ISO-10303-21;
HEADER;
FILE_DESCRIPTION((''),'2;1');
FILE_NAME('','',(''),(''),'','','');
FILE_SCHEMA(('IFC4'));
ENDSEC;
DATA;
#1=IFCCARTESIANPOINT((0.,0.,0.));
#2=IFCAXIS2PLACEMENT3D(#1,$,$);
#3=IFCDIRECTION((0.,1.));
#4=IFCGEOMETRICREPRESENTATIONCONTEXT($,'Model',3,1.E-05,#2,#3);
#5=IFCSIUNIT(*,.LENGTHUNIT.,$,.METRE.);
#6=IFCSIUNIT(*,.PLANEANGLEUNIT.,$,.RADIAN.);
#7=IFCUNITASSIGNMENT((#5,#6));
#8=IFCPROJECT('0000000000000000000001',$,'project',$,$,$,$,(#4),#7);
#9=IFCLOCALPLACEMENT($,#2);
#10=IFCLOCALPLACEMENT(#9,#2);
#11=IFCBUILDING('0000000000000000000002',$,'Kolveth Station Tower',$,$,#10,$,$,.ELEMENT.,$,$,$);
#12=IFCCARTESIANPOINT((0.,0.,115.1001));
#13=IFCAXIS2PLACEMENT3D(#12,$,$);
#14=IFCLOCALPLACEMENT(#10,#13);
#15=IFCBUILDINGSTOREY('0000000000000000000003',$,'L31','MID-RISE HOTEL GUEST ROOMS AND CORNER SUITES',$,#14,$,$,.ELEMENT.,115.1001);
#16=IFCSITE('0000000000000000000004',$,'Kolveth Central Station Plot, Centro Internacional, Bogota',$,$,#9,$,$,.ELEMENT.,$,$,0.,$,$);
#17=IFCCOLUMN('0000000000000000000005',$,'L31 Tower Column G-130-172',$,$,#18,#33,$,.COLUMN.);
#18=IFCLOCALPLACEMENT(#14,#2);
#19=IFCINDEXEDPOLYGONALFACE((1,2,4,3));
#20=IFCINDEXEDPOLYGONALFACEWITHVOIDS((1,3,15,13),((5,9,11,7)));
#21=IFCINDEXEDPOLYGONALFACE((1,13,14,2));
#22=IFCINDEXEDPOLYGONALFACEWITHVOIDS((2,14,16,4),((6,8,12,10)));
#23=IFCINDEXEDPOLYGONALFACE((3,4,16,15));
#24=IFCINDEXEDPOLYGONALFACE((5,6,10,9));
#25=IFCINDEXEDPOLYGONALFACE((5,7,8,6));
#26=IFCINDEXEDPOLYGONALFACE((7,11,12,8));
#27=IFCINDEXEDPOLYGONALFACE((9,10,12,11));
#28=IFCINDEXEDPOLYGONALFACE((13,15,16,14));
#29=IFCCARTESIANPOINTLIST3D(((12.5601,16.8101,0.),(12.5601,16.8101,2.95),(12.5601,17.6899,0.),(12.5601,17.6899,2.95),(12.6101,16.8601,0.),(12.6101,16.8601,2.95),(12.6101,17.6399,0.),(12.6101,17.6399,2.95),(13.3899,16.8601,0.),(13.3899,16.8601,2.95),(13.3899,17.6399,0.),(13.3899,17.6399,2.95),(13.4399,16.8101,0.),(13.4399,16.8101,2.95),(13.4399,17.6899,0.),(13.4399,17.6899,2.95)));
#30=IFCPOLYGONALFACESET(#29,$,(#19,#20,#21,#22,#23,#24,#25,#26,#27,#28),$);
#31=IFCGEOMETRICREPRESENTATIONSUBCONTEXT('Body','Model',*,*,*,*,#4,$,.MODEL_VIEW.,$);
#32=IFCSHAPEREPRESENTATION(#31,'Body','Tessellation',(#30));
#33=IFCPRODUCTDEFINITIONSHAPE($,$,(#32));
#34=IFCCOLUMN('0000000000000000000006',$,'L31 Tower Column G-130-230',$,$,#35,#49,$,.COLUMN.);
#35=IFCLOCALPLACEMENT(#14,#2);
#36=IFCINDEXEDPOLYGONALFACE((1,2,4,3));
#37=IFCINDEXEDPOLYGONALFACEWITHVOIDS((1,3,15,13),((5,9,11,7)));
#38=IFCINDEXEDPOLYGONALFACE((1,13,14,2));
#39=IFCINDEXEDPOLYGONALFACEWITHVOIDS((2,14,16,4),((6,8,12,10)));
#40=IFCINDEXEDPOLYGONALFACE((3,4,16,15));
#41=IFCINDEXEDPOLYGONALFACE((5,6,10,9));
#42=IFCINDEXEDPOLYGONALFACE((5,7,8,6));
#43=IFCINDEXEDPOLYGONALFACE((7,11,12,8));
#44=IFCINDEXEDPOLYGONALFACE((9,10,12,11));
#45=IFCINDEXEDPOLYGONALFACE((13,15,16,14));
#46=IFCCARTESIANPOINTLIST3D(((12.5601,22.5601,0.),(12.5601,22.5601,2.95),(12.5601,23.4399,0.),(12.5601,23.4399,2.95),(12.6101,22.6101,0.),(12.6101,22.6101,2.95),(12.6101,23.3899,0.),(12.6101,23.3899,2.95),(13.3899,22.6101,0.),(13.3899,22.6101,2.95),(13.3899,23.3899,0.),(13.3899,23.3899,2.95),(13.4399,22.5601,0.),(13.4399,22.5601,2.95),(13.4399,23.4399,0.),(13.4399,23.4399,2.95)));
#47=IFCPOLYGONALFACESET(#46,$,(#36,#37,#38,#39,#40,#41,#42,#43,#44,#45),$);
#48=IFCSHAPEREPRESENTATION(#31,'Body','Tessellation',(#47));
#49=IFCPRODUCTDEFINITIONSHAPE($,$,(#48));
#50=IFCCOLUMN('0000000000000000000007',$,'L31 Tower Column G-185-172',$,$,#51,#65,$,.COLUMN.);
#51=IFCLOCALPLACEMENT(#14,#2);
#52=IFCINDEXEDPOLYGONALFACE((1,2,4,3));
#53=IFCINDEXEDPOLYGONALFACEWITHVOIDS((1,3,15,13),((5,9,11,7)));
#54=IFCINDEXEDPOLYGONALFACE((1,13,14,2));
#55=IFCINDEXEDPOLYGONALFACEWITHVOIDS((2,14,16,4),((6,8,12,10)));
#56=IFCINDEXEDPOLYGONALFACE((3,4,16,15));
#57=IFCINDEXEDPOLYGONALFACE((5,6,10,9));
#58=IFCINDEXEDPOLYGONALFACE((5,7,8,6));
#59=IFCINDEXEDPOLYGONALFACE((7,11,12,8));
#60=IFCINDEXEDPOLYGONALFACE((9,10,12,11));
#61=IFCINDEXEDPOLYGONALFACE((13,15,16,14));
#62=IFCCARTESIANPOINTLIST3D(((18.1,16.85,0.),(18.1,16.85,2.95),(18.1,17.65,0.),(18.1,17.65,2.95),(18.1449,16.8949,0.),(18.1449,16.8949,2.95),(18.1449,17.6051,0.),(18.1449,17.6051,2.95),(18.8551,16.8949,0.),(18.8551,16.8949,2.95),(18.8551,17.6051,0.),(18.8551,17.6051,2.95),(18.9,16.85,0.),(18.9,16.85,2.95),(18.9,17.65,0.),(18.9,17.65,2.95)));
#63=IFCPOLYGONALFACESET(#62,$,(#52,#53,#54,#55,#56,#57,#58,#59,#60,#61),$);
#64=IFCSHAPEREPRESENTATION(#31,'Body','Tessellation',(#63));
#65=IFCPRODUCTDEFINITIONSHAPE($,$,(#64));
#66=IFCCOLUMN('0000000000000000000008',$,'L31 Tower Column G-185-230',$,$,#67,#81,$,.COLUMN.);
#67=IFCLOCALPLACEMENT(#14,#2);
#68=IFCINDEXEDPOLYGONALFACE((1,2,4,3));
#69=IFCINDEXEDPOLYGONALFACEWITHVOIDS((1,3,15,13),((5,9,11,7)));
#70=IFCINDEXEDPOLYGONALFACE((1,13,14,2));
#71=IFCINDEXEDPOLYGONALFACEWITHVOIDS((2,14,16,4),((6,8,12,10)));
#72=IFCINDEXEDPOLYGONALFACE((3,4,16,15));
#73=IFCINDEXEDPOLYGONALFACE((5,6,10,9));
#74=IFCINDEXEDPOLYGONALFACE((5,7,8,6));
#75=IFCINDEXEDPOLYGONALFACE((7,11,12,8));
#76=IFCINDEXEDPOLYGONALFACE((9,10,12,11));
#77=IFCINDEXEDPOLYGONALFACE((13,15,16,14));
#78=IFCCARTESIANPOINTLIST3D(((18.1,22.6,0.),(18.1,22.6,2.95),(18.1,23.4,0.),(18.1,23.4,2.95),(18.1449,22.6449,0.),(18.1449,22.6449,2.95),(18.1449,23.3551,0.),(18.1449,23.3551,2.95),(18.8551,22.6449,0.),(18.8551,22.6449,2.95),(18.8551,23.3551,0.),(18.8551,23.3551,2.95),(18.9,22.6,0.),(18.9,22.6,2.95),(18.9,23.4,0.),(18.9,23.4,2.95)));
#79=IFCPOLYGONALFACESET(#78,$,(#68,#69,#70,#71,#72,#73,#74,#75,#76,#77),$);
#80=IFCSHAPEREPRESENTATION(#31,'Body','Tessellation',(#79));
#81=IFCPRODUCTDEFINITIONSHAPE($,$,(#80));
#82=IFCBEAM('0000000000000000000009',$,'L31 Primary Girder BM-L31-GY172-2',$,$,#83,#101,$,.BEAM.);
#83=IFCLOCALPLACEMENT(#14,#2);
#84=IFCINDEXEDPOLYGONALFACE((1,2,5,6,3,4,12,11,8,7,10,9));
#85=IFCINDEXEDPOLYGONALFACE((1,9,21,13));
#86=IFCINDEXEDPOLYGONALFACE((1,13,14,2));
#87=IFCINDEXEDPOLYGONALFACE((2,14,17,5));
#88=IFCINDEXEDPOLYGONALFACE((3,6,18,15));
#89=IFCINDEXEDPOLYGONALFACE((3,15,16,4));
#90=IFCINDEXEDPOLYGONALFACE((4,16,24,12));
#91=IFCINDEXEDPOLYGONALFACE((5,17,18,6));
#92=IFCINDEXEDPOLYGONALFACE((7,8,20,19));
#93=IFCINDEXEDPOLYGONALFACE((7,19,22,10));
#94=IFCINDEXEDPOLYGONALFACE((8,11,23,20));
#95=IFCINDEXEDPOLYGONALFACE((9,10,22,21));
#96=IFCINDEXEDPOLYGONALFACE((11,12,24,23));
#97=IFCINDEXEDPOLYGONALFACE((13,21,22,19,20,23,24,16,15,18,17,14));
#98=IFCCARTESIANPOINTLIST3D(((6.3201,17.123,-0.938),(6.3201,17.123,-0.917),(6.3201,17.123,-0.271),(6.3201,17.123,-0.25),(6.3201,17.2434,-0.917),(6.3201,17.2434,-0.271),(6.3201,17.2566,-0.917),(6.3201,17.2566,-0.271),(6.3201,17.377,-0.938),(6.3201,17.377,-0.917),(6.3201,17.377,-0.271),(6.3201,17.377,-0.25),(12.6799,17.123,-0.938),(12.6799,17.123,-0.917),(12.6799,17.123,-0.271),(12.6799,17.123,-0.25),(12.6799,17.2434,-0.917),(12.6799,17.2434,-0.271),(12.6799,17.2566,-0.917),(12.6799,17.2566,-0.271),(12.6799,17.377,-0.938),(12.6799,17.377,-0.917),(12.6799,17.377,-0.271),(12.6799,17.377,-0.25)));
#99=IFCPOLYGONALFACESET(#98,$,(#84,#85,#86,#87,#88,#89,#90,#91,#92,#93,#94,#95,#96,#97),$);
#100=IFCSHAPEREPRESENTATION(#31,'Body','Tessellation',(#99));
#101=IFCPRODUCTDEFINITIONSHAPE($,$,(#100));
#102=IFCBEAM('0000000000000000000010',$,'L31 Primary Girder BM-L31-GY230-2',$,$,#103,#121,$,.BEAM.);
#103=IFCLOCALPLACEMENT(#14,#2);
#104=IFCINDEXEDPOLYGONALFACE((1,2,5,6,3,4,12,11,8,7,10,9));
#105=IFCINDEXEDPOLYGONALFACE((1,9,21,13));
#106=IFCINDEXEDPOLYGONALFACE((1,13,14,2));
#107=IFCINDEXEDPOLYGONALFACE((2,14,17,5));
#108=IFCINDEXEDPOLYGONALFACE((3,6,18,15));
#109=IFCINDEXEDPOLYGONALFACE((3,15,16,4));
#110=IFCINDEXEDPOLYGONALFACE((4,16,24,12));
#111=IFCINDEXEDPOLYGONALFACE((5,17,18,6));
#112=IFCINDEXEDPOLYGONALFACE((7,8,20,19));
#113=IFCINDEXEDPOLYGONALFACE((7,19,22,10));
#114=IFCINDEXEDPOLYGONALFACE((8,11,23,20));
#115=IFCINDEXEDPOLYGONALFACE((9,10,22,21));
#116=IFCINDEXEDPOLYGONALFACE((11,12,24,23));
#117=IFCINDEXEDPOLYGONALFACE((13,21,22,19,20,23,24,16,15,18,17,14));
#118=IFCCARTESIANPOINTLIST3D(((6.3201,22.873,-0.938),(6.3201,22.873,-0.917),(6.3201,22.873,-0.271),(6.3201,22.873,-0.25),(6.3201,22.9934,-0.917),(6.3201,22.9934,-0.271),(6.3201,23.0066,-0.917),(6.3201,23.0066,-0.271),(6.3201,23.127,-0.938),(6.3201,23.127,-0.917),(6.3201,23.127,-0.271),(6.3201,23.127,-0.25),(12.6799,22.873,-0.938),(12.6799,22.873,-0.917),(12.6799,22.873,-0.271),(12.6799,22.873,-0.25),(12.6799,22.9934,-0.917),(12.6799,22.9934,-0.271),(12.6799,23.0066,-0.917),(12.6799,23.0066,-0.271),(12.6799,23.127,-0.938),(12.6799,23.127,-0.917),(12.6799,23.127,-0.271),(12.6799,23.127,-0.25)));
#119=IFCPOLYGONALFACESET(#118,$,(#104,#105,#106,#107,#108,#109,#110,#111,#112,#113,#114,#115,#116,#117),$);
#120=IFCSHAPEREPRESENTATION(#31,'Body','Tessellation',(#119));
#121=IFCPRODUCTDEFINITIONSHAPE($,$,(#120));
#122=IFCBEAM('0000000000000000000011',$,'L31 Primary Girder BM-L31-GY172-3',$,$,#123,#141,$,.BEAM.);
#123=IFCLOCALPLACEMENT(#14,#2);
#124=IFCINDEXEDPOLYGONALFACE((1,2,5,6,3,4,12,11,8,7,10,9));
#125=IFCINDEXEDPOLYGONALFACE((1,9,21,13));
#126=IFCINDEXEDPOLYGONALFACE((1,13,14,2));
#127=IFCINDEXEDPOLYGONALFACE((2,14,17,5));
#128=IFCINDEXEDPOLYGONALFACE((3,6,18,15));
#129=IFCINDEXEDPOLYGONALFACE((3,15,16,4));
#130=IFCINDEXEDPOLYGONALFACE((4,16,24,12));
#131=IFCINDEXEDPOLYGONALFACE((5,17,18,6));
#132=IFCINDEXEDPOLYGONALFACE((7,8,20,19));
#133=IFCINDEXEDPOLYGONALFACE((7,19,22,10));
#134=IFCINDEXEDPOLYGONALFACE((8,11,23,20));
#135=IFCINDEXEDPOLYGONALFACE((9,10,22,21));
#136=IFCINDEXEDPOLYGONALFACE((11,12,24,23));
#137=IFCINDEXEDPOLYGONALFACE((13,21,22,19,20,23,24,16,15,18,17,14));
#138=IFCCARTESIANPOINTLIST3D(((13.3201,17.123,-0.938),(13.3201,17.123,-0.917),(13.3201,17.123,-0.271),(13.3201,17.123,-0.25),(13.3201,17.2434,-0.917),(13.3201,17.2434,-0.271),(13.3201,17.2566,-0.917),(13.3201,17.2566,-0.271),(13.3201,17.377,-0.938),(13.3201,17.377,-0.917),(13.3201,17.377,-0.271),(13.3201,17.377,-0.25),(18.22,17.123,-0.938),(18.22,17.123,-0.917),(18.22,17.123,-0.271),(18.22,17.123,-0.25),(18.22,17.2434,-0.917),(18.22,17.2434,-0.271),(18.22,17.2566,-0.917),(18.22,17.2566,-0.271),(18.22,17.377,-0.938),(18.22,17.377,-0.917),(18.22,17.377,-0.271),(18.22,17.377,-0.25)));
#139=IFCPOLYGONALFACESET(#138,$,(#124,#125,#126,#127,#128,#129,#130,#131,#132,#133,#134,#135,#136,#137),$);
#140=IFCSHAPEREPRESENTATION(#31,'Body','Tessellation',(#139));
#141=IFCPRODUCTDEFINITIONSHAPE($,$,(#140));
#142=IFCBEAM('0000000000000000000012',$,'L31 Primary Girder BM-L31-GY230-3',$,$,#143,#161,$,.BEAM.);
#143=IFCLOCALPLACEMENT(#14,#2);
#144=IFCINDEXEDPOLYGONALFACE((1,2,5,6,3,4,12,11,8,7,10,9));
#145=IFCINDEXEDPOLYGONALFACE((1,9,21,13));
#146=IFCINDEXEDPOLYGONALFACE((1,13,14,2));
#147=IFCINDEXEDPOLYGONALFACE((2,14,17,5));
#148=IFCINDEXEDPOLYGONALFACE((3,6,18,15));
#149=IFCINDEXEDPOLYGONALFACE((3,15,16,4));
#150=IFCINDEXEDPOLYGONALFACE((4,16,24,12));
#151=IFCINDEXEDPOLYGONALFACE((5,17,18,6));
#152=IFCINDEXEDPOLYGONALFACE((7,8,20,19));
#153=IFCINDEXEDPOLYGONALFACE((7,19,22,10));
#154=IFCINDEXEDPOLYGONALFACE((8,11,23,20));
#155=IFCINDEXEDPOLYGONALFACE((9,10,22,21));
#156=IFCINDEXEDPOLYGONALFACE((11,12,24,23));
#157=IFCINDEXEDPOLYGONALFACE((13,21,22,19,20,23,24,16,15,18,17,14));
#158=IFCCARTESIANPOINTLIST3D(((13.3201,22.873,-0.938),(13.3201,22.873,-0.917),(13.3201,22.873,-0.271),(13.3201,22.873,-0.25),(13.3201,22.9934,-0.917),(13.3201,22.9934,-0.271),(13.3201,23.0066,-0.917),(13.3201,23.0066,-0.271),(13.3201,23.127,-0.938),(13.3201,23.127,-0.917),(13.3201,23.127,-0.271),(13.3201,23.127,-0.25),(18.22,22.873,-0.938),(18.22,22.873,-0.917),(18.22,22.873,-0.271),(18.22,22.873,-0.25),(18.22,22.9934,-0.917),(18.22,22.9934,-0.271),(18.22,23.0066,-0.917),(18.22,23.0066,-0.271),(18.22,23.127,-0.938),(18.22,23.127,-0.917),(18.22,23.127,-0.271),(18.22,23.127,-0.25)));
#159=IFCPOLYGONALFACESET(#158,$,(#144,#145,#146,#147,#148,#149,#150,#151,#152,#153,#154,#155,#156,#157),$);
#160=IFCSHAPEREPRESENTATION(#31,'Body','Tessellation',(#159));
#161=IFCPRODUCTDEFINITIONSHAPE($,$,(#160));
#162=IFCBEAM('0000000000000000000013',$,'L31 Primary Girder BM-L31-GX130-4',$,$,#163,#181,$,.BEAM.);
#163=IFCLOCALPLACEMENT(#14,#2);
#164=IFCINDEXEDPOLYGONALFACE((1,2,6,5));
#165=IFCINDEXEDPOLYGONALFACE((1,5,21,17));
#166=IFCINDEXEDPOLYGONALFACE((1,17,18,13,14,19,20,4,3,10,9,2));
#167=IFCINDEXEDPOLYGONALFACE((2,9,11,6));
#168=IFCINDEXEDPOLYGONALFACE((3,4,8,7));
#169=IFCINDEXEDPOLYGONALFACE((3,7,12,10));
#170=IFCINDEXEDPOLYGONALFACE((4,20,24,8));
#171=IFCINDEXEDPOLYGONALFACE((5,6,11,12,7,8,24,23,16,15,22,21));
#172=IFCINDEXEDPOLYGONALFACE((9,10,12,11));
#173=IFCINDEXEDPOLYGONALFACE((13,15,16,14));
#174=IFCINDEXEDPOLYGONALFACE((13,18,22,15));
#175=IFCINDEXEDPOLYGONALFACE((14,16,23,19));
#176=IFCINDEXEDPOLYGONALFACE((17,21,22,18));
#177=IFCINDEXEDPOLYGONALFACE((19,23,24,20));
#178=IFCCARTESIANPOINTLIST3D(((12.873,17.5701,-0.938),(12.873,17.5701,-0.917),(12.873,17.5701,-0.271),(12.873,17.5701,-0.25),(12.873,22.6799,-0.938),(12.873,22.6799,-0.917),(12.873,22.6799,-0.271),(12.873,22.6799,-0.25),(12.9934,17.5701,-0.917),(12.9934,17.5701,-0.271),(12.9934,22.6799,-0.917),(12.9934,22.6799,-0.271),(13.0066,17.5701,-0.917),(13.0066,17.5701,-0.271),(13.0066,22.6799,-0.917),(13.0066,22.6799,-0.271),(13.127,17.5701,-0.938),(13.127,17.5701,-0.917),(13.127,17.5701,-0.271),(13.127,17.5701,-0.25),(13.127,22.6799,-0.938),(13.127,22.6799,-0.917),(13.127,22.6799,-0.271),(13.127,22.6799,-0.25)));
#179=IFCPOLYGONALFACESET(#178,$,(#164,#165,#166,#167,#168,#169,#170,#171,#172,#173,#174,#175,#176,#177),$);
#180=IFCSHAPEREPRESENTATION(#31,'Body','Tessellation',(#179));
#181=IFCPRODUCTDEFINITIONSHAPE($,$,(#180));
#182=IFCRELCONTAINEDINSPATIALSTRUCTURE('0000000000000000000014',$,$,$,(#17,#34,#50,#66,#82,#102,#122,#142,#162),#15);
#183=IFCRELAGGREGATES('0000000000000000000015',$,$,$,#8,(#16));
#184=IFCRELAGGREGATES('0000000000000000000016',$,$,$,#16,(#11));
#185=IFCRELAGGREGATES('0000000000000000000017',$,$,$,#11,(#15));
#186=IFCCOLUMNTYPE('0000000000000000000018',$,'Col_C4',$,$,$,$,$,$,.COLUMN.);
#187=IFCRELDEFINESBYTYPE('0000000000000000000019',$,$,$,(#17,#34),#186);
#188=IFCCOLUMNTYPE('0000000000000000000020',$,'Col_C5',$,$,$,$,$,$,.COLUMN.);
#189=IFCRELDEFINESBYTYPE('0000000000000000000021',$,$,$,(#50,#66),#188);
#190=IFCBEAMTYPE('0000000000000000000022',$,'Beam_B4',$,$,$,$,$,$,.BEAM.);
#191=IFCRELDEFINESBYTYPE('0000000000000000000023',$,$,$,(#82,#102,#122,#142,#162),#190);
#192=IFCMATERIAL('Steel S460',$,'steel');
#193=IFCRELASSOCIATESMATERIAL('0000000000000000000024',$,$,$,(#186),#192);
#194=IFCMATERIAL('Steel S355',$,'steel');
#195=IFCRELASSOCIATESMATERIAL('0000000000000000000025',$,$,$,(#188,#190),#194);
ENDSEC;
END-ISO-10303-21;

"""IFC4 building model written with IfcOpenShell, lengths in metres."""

from ifc_helpers import new_model, si_unit, direction, frame, origin, origin_2d, place, context, subcontext, project, spatial, hollow_rectangle, i_section, extrude, source, transform, mapped, material, material_profile, profile_set, type_object, element, save


model = new_model("IFC4")

# Units and contexts
model_context = context("Model", 3, precision=1e-05, world=origin(), true_north=direction((0.0, 1.0)))
body_context = subcontext(model_context, "Body", "Model", "MODEL_VIEW")
ifc_project = project(units=[si_unit("LENGTHUNIT", "METRE"), si_unit("PLANEANGLEUNIT", "RADIAN")], contexts=[model_context])

# Site, building, storey
site_placement = place(None, origin())
site = spatial("IfcSite", under=ifc_project, at=site_placement, Name="Kolveth Central Station Plot, Centro Internacional, Bogota", CompositionType="ELEMENT", RefElevation=0.0)
building_placement = place(site_placement, origin())
building = spatial("IfcBuilding", under=site, at=building_placement, Name="Kolveth Station Tower", CompositionType="ELEMENT")
storey_placement = place(building_placement, frame((0.0, 0.0, 115.1001)))
storey = spatial("IfcBuildingStorey", under=building, at=storey_placement, Name="L31", Description="MID-RISE HOTEL GUEST ROOMS AND CORNER SUITES", CompositionType="ELEMENT", Elevation=115.1001)

# Columns
ifc_material_1 = material(Name="Steel S460", Category="steel")
ifc_material_profile_1 = material_profile(ifc_material_1, hollow_rectangle(XDim=0.8799, YDim=0.8799, WallThickness=0.05, at=origin_2d()), Name="BOX880x880x50")
ifc_profile_set_1 = profile_set([ifc_material_profile_1], Name="Steel S460")
column_type_1 = type_object("IfcColumnType", Name="Col_C4", PredefinedType="COLUMN", material=ifc_profile_set_1)
shared_shape_1 = source(origin(), body_context, "Body", "SweptSolid", [
    extrude(hollow_rectangle(XDim=0.8799, YDim=0.8799, WallThickness=0.05, at=origin_2d()), origin(), (0.0, 0.0, 1.0), 2.95),
])
for number, where, z_axis, x_axis, name in (
    (1, (13.0, 17.25, 0.0), (0.0, 0.0, 1.0), (1.0, 0.0, 0.0), "L31 Tower Column G-130-172"),
    (2, (13.0, 23.0, 0.0), (0.0, 0.0, 1.0), (1.0, 0.0, 0.0), "L31 Tower Column G-130-230"),
):
    element("IfcColumn", number, at=place(storey_placement, frame(where, z_axis=z_axis, x_axis=x_axis)), inside=storey, type_object=column_type_1, Name=name, PredefinedType="COLUMN", context=body_context, shape_type="MappedRepresentation", body=[
        mapped(shared_shape_1, transform((0.0, 0.0, 0.0), x_axis=(1.0, 0.0, 0.0), y_axis=(0.0, 1.0, 0.0), z_axis=(0.0, 0.0, 1.0), scale=1.0)),
    ])
ifc_material_2 = material(Name="Steel S355", Category="steel")
ifc_material_profile_2 = material_profile(ifc_material_2, hollow_rectangle(XDim=0.8, YDim=0.8, WallThickness=0.0449, at=origin_2d()), Name="BOX800x800x45")
ifc_profile_set_2 = profile_set([ifc_material_profile_2], Name="Steel S355")
column_type_2 = type_object("IfcColumnType", Name="Col_C5", PredefinedType="COLUMN", material=ifc_profile_set_2)
shared_shape_2 = source(origin(), body_context, "Body", "SweptSolid", [
    extrude(hollow_rectangle(XDim=0.8, YDim=0.8, WallThickness=0.0449, at=origin_2d()), origin(), (0.0, 0.0, 1.0), 2.95),
])
for number, where, z_axis, x_axis, name in (
    (3, (18.5, 17.25, 0.0), (0.0, 0.0, 1.0), (1.0, 0.0, 0.0), "L31 Tower Column G-185-172"),
    (4, (18.5, 23.0, 0.0), (0.0, 0.0, 1.0), (1.0, 0.0, 0.0), "L31 Tower Column G-185-230"),
):
    element("IfcColumn", number, at=place(storey_placement, frame(where, z_axis=z_axis, x_axis=x_axis)), inside=storey, type_object=column_type_2, Name=name, PredefinedType="COLUMN", context=body_context, shape_type="MappedRepresentation", body=[
        mapped(shared_shape_2, transform((0.0, 0.0, 0.0), x_axis=(1.0, 0.0, 0.0), y_axis=(0.0, 1.0, 0.0), z_axis=(0.0, 0.0, 1.0), scale=1.0)),
    ])

# Beams
ifc_material_profile_3 = material_profile(ifc_material_2, i_section(OverallWidth=0.2539, OverallDepth=0.688, WebThickness=0.0132, FlangeThickness=0.021, at=origin_2d()), Name="W690x152")
ifc_profile_set_3 = profile_set([ifc_material_profile_3], Name="Steel S355")
beam_type_1 = type_object("IfcBeamType", Name="Beam_B4", PredefinedType="BEAM", material=ifc_profile_set_3)
shared_shape_3 = source(origin(), body_context, "Body", "SweptSolid", [
    extrude(i_section(OverallWidth=0.2539, OverallDepth=0.688, WebThickness=0.0132, FlangeThickness=0.021, at=origin_2d()), origin(), (0.0, 0.0, 1.0), 6.3599),
])
for number, where, z_axis, x_axis, name in (
    (5, (6.3201, 17.25, -0.594), (1.0, 0.0, 0.0), (0.0, 1.0, 0.0), "L31 Primary Girder BM-L31-GY172-2"),
    (6, (6.3201, 23.0, -0.594), (1.0, 0.0, 0.0), (0.0, 1.0, 0.0), "L31 Primary Girder BM-L31-GY230-2"),
):
    element("IfcBeam", number, at=place(storey_placement, frame(where, z_axis=z_axis, x_axis=x_axis)), inside=storey, type_object=beam_type_1, Name=name, PredefinedType="BEAM", context=body_context, shape_type="MappedRepresentation", body=[
        mapped(shared_shape_3, transform((0.0, 0.0, 0.0), x_axis=(1.0, 0.0, 0.0), y_axis=(0.0, 1.0, 0.0), z_axis=(0.0, 0.0, 1.0), scale=1.0)),
    ])
shared_shape_4 = source(origin(), body_context, "Body", "SweptSolid", [
    extrude(i_section(OverallWidth=0.2539, OverallDepth=0.688, WebThickness=0.0132, FlangeThickness=0.021, at=origin_2d()), origin(), (0.0, 0.0, 1.0), 4.8999),
])
for number, where, z_axis, x_axis, name in (
    (7, (13.3201, 17.25, -0.594), (1.0, 0.0, 0.0), (0.0, 1.0, 0.0), "L31 Primary Girder BM-L31-GY172-3"),
    (8, (13.3201, 23.0, -0.594), (1.0, 0.0, 0.0), (0.0, 1.0, 0.0), "L31 Primary Girder BM-L31-GY230-3"),
):
    element("IfcBeam", number, at=place(storey_placement, frame(where, z_axis=z_axis, x_axis=x_axis)), inside=storey, type_object=beam_type_1, Name=name, PredefinedType="BEAM", context=body_context, shape_type="MappedRepresentation", body=[
        mapped(shared_shape_4, transform((0.0, 0.0, 0.0), x_axis=(1.0, 0.0, 0.0), y_axis=(0.0, 1.0, 0.0), z_axis=(0.0, 0.0, 1.0), scale=1.0)),
    ])
shared_shape_5 = source(origin(), body_context, "Body", "SweptSolid", [
    extrude(i_section(OverallWidth=0.2539, OverallDepth=0.688, WebThickness=0.0132, FlangeThickness=0.021, at=origin_2d()), origin(), (0.0, 0.0, 1.0), 5.1099),
])
for number, where, z_axis, x_axis, name in (
    (9, (13.0, 17.5701, -0.594), (0.0, 1.0, 0.0), (-1.0, 0.0, 0.0), "L31 Primary Girder BM-L31-GX130-4"),
):
    element("IfcBeam", number, at=place(storey_placement, frame(where, z_axis=z_axis, x_axis=x_axis)), inside=storey, type_object=beam_type_1, Name=name, PredefinedType="BEAM", context=body_context, shape_type="MappedRepresentation", body=[
        mapped(shared_shape_5, transform((0.0, 0.0, 0.0), x_axis=(1.0, 0.0, 0.0), y_axis=(0.0, 1.0, 0.0), z_axis=(0.0, 0.0, 1.0), scale=1.0)),
    ])

save(model, "model.ifc")
